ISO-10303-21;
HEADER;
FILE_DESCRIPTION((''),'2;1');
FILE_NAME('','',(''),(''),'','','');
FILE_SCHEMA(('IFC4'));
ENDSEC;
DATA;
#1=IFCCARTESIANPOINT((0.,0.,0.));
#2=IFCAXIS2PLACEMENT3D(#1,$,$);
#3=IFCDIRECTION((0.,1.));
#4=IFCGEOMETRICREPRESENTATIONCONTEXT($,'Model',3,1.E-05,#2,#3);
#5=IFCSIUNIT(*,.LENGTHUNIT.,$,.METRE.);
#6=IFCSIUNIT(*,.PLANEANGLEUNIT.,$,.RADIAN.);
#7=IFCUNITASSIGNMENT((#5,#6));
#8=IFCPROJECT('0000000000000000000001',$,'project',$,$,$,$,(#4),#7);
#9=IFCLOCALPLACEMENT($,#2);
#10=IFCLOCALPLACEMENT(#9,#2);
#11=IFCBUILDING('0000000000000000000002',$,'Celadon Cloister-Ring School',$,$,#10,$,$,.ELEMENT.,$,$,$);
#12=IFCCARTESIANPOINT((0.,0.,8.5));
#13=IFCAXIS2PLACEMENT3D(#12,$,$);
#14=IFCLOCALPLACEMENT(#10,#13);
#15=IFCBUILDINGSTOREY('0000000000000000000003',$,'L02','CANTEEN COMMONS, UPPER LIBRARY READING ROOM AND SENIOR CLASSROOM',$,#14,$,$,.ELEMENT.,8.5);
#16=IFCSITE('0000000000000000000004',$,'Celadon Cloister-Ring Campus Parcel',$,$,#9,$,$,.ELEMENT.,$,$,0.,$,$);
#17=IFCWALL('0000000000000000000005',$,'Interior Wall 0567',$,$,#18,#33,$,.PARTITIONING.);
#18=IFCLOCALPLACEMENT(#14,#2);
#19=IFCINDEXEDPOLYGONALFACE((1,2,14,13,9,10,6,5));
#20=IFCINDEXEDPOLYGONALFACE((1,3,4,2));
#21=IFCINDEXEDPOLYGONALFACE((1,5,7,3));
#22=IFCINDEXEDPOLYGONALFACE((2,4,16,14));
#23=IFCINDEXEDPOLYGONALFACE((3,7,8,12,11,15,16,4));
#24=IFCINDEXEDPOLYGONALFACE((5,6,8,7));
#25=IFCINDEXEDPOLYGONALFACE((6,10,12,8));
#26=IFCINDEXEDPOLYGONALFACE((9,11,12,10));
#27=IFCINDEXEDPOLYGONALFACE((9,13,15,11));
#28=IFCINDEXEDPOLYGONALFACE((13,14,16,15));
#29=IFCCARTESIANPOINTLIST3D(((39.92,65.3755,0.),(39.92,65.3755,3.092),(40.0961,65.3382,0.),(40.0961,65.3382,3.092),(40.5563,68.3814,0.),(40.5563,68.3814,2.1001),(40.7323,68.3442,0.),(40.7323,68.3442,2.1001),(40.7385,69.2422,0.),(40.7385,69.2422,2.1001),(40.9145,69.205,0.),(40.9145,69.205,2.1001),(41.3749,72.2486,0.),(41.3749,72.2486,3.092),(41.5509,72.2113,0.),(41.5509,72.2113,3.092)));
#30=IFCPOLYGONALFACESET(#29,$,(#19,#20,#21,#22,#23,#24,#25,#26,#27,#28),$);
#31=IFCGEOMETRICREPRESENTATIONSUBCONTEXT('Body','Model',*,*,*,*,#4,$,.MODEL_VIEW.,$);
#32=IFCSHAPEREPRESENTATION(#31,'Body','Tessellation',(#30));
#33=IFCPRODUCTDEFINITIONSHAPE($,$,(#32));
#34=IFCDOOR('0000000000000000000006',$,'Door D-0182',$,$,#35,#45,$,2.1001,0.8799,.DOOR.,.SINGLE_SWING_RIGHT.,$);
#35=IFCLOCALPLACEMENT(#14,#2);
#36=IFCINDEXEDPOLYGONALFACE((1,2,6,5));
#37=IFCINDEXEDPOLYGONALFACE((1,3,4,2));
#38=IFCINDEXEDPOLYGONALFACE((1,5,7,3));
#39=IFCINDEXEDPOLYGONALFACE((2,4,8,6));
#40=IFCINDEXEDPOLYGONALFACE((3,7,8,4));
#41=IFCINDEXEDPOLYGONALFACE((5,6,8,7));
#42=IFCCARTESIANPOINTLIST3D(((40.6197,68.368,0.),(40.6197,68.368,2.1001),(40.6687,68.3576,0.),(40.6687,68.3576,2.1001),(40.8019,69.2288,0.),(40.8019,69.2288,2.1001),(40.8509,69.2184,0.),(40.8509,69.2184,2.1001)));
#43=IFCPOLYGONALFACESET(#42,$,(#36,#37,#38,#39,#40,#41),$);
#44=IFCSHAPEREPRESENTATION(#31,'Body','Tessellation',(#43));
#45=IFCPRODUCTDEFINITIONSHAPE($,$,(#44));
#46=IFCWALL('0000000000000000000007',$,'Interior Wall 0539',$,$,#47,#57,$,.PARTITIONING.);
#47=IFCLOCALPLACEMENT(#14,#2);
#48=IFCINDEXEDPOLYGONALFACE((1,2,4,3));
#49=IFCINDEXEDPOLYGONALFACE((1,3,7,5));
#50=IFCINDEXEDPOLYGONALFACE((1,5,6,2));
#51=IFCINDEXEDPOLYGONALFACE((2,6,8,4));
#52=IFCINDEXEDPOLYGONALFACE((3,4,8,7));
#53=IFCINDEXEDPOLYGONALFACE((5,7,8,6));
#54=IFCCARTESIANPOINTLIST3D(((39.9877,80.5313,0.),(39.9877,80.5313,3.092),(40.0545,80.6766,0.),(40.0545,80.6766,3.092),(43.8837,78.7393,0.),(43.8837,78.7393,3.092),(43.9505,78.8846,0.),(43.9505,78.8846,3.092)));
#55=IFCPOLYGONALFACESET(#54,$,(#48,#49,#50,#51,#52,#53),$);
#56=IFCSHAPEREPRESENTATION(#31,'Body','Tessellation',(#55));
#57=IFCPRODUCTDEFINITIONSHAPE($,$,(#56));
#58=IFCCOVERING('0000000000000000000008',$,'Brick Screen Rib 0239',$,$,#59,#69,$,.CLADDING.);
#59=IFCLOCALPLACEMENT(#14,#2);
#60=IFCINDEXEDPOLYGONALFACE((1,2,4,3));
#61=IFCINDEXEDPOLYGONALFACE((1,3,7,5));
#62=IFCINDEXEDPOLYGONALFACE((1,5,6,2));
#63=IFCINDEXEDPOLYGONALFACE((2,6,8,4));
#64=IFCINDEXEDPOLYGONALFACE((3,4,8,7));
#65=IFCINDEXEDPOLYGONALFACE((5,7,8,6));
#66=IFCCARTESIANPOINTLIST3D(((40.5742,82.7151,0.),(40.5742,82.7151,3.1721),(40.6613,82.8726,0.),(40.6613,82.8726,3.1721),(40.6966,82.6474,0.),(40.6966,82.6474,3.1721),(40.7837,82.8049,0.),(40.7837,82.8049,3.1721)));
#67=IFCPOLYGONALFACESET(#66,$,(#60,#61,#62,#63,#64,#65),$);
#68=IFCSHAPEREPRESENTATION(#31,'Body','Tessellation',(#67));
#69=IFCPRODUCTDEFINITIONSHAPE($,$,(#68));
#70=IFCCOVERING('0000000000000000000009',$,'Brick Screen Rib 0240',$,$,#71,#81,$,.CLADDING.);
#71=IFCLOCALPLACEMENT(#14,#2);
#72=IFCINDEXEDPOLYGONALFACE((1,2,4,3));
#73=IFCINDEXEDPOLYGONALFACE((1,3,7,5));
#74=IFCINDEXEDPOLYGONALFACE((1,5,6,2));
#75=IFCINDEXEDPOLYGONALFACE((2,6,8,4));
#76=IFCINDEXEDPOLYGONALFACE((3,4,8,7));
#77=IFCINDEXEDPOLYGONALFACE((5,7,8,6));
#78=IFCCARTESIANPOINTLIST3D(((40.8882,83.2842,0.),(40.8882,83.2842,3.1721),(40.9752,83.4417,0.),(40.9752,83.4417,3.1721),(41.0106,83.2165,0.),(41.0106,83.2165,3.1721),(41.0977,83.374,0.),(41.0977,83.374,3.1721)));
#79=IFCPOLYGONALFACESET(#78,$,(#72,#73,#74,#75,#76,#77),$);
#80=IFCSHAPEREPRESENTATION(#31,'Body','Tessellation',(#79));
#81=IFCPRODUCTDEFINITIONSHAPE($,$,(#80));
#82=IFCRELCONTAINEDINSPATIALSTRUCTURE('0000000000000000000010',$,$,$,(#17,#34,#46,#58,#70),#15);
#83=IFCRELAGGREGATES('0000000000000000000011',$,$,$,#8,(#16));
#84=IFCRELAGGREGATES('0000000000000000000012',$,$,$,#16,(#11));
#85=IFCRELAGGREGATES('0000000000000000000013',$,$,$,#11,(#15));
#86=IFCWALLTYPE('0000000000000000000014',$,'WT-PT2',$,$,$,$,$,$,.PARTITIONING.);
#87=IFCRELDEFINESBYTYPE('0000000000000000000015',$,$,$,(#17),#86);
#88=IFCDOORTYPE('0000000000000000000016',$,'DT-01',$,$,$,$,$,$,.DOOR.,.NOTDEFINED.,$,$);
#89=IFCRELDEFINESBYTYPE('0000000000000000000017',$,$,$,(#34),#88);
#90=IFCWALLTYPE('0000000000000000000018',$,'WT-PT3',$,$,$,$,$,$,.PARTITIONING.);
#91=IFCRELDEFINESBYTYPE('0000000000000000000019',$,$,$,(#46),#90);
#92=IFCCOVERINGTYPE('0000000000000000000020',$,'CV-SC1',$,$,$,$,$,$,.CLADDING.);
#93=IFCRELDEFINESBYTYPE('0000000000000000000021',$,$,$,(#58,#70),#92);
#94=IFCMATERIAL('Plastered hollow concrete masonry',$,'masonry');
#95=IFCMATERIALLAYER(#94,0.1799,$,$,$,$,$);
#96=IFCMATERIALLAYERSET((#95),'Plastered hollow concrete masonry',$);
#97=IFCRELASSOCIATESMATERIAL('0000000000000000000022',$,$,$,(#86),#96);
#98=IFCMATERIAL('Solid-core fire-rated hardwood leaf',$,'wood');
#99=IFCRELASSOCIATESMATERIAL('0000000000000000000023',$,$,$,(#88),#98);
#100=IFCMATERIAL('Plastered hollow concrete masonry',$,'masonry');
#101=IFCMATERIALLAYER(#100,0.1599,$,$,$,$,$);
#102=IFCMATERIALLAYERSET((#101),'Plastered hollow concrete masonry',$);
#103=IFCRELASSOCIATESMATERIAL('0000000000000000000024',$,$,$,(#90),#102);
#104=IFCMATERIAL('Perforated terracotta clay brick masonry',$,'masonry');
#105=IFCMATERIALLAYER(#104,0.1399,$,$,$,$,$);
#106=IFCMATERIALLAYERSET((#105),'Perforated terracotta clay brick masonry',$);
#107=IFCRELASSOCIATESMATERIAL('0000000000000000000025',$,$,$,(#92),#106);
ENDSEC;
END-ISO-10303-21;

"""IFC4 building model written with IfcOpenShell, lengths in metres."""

from ifc_helpers import new_model, si_unit, direction, frame, frame_2d, origin, origin_2d, place, context, subcontext, project, spatial, rectangle, extrude, material, layer, layer_set, type_object, element, fill, save


model = new_model("IFC4")

# Units and contexts
model_context = context("Model", 3, precision=1e-05, world=origin(), true_north=direction((0.0, 1.0)))
body_context = subcontext(model_context, "Body", "Model", "MODEL_VIEW")
ifc_project = project(units=[si_unit("LENGTHUNIT", "METRE"), si_unit("PLANEANGLEUNIT", "RADIAN")], contexts=[model_context])

# Site, building, storey
site_placement = place(None, origin())
site = spatial("IfcSite", under=ifc_project, at=site_placement, Name="Celadon Cloister-Ring Campus Parcel", CompositionType="ELEMENT", RefElevation=0.0)
building_placement = place(site_placement, origin())
building = spatial("IfcBuilding", under=site, at=building_placement, Name="Celadon Cloister-Ring School", CompositionType="ELEMENT")
storey_placement = place(building_placement, frame((0.0, 0.0, 8.5)))
storey = spatial("IfcBuildingStorey", under=building, at=storey_placement, Name="L02", Description="CANTEEN COMMONS, UPPER LIBRARY READING ROOM AND SENIOR CLASSROOM", CompositionType="ELEMENT", Elevation=8.5)

# Shared definitions
ifc_material_1 = material(Name="Plastered hollow concrete masonry", Category="masonry")
ifc_layer_1 = layer(ifc_material_1, 0.1799)
ifc_layer_set_1 = layer_set([ifc_layer_1], Name="Plastered hollow concrete masonry")
wall_type_1 = type_object("IfcWallType", Name="WT-PT2", PredefinedType="PARTITIONING", material=ifc_layer_set_1)

# Wall, opening, door
ifc_material_2 = material(Name="Solid-core fire-rated hardwood leaf", Category="wood")
door_type_1 = type_object("IfcDoorType", Name="DT-01", OperationType="NOTDEFINED", PredefinedType="DOOR", material=ifc_material_2)
wall_1_placement = place(storey_placement, frame((41.4629, 72.23, 0.0), z_axis=(0.0, 0.0, 1.0), x_axis=(-0.207084, -0.978323, 0.0)))
wall_1 = element("IfcWall", 1, at=wall_1_placement, inside=storey, type_object=wall_type_1, Name="Interior Wall 0567", PredefinedType="PARTITIONING", context=body_context, shape_type="SweptSolid", body=[
    extrude(rectangle(XDim=7.0254, YDim=0.1799, at=frame_2d((3.5127, 0.0))), origin(), (0.0, 0.0, 1.0), 3.092),
])
opening_1_placement = place(wall_1_placement, frame((3.073, 0.0, 0.0)))
opening_1 = element("IfcOpeningElement", 2, at=opening_1_placement, cuts=wall_1, PredefinedType="OPENING", context=body_context, shape_type="SweptSolid", body=[
    extrude(rectangle(XDim=0.8799, YDim=2.1001, at=frame_2d((0.4399, 1.05))), frame((0.0, 0.1001, 0.0), z_axis=(0.0, -1.0, 0.0), x_axis=(1.0, 0.0, 0.0)), (0.0, 0.0, 1.0), 0.2),
])
door_1_placement = place(opening_1_placement, origin())
door_1 = element("IfcDoor", 3, at=door_1_placement, inside=storey, type_object=door_type_1, Name="Door D-0182", OperationType="SINGLE_SWING_RIGHT", OverallHeight=2.1001, OverallWidth=0.8799, PredefinedType="DOOR", context=body_context, shape_type="SweptSolid", body=[
    extrude(rectangle(XDim=0.8799, YDim=2.1001, at=frame_2d((0.4399, 1.05))), frame((0.0, 0.0249, 0.0), z_axis=(0.0, -1.0, 0.0), x_axis=(1.0, 0.0, 0.0)), (0.0, 0.0, 1.0), 0.05),
])
fill(opening_1, door_1)

# Wall
ifc_material_3 = material(Name="Plastered hollow concrete masonry", Category="masonry")
ifc_layer_2 = layer(ifc_material_3, 0.1599)
ifc_layer_set_2 = layer_set([ifc_layer_2], Name="Plastered hollow concrete masonry")
wall_type_2 = type_object("IfcWallType", Name="WT-PT3", PredefinedType="PARTITIONING", material=ifc_layer_set_2)
wall_2_placement = place(storey_placement, frame((43.917, 78.812, 0.0), z_axis=(0.0, 0.0, 1.0), x_axis=(-0.908505, 0.417874, 0.0)))
element("IfcWall", 4, at=wall_2_placement, inside=storey, type_object=wall_type_2, Name="Interior Wall 0539", PredefinedType="PARTITIONING", context=body_context, shape_type="SweptSolid", body=[
    extrude(rectangle(XDim=4.2883, YDim=0.1599, at=frame_2d((2.144, 0.0))), origin(), (0.0, 0.0, 1.0), 3.092),
])

# Coverings
ifc_material_4 = material(Name="Perforated terracotta clay brick masonry", Category="masonry")
ifc_layer_3 = layer(ifc_material_4, 0.1399)
ifc_layer_set_3 = layer_set([ifc_layer_3], Name="Perforated terracotta clay brick masonry")
covering_type = type_object("IfcCoveringType", Name="CV-SC1", PredefinedType="CLADDING", material=ifc_layer_set_3)
for number, where, z_axis, x_axis, name in (
    (5, (40.679, 82.76, 0.0), (0.0, 0.0, 1.0), (0.483832, 0.875161, 0.0), "Brick Screen Rib 0239"),
    (6, (40.9929, 83.3291, 0.0), (0.0, 0.0, 1.0), (0.483832, 0.875161, 0.0), "Brick Screen Rib 0240"),
):
    element("IfcCovering", number, at=place(storey_placement, frame(where, z_axis=z_axis, x_axis=x_axis)), inside=storey, type_object=covering_type, Name=name, PredefinedType="CLADDING", context=body_context, shape_type="SweptSolid", body=[
        extrude(rectangle(XDim=0.1799, YDim=0.1399, at=origin_2d()), origin(), (0.0, 0.0, 1.0), 3.1721),
    ])

save(model, "model.ifc")
